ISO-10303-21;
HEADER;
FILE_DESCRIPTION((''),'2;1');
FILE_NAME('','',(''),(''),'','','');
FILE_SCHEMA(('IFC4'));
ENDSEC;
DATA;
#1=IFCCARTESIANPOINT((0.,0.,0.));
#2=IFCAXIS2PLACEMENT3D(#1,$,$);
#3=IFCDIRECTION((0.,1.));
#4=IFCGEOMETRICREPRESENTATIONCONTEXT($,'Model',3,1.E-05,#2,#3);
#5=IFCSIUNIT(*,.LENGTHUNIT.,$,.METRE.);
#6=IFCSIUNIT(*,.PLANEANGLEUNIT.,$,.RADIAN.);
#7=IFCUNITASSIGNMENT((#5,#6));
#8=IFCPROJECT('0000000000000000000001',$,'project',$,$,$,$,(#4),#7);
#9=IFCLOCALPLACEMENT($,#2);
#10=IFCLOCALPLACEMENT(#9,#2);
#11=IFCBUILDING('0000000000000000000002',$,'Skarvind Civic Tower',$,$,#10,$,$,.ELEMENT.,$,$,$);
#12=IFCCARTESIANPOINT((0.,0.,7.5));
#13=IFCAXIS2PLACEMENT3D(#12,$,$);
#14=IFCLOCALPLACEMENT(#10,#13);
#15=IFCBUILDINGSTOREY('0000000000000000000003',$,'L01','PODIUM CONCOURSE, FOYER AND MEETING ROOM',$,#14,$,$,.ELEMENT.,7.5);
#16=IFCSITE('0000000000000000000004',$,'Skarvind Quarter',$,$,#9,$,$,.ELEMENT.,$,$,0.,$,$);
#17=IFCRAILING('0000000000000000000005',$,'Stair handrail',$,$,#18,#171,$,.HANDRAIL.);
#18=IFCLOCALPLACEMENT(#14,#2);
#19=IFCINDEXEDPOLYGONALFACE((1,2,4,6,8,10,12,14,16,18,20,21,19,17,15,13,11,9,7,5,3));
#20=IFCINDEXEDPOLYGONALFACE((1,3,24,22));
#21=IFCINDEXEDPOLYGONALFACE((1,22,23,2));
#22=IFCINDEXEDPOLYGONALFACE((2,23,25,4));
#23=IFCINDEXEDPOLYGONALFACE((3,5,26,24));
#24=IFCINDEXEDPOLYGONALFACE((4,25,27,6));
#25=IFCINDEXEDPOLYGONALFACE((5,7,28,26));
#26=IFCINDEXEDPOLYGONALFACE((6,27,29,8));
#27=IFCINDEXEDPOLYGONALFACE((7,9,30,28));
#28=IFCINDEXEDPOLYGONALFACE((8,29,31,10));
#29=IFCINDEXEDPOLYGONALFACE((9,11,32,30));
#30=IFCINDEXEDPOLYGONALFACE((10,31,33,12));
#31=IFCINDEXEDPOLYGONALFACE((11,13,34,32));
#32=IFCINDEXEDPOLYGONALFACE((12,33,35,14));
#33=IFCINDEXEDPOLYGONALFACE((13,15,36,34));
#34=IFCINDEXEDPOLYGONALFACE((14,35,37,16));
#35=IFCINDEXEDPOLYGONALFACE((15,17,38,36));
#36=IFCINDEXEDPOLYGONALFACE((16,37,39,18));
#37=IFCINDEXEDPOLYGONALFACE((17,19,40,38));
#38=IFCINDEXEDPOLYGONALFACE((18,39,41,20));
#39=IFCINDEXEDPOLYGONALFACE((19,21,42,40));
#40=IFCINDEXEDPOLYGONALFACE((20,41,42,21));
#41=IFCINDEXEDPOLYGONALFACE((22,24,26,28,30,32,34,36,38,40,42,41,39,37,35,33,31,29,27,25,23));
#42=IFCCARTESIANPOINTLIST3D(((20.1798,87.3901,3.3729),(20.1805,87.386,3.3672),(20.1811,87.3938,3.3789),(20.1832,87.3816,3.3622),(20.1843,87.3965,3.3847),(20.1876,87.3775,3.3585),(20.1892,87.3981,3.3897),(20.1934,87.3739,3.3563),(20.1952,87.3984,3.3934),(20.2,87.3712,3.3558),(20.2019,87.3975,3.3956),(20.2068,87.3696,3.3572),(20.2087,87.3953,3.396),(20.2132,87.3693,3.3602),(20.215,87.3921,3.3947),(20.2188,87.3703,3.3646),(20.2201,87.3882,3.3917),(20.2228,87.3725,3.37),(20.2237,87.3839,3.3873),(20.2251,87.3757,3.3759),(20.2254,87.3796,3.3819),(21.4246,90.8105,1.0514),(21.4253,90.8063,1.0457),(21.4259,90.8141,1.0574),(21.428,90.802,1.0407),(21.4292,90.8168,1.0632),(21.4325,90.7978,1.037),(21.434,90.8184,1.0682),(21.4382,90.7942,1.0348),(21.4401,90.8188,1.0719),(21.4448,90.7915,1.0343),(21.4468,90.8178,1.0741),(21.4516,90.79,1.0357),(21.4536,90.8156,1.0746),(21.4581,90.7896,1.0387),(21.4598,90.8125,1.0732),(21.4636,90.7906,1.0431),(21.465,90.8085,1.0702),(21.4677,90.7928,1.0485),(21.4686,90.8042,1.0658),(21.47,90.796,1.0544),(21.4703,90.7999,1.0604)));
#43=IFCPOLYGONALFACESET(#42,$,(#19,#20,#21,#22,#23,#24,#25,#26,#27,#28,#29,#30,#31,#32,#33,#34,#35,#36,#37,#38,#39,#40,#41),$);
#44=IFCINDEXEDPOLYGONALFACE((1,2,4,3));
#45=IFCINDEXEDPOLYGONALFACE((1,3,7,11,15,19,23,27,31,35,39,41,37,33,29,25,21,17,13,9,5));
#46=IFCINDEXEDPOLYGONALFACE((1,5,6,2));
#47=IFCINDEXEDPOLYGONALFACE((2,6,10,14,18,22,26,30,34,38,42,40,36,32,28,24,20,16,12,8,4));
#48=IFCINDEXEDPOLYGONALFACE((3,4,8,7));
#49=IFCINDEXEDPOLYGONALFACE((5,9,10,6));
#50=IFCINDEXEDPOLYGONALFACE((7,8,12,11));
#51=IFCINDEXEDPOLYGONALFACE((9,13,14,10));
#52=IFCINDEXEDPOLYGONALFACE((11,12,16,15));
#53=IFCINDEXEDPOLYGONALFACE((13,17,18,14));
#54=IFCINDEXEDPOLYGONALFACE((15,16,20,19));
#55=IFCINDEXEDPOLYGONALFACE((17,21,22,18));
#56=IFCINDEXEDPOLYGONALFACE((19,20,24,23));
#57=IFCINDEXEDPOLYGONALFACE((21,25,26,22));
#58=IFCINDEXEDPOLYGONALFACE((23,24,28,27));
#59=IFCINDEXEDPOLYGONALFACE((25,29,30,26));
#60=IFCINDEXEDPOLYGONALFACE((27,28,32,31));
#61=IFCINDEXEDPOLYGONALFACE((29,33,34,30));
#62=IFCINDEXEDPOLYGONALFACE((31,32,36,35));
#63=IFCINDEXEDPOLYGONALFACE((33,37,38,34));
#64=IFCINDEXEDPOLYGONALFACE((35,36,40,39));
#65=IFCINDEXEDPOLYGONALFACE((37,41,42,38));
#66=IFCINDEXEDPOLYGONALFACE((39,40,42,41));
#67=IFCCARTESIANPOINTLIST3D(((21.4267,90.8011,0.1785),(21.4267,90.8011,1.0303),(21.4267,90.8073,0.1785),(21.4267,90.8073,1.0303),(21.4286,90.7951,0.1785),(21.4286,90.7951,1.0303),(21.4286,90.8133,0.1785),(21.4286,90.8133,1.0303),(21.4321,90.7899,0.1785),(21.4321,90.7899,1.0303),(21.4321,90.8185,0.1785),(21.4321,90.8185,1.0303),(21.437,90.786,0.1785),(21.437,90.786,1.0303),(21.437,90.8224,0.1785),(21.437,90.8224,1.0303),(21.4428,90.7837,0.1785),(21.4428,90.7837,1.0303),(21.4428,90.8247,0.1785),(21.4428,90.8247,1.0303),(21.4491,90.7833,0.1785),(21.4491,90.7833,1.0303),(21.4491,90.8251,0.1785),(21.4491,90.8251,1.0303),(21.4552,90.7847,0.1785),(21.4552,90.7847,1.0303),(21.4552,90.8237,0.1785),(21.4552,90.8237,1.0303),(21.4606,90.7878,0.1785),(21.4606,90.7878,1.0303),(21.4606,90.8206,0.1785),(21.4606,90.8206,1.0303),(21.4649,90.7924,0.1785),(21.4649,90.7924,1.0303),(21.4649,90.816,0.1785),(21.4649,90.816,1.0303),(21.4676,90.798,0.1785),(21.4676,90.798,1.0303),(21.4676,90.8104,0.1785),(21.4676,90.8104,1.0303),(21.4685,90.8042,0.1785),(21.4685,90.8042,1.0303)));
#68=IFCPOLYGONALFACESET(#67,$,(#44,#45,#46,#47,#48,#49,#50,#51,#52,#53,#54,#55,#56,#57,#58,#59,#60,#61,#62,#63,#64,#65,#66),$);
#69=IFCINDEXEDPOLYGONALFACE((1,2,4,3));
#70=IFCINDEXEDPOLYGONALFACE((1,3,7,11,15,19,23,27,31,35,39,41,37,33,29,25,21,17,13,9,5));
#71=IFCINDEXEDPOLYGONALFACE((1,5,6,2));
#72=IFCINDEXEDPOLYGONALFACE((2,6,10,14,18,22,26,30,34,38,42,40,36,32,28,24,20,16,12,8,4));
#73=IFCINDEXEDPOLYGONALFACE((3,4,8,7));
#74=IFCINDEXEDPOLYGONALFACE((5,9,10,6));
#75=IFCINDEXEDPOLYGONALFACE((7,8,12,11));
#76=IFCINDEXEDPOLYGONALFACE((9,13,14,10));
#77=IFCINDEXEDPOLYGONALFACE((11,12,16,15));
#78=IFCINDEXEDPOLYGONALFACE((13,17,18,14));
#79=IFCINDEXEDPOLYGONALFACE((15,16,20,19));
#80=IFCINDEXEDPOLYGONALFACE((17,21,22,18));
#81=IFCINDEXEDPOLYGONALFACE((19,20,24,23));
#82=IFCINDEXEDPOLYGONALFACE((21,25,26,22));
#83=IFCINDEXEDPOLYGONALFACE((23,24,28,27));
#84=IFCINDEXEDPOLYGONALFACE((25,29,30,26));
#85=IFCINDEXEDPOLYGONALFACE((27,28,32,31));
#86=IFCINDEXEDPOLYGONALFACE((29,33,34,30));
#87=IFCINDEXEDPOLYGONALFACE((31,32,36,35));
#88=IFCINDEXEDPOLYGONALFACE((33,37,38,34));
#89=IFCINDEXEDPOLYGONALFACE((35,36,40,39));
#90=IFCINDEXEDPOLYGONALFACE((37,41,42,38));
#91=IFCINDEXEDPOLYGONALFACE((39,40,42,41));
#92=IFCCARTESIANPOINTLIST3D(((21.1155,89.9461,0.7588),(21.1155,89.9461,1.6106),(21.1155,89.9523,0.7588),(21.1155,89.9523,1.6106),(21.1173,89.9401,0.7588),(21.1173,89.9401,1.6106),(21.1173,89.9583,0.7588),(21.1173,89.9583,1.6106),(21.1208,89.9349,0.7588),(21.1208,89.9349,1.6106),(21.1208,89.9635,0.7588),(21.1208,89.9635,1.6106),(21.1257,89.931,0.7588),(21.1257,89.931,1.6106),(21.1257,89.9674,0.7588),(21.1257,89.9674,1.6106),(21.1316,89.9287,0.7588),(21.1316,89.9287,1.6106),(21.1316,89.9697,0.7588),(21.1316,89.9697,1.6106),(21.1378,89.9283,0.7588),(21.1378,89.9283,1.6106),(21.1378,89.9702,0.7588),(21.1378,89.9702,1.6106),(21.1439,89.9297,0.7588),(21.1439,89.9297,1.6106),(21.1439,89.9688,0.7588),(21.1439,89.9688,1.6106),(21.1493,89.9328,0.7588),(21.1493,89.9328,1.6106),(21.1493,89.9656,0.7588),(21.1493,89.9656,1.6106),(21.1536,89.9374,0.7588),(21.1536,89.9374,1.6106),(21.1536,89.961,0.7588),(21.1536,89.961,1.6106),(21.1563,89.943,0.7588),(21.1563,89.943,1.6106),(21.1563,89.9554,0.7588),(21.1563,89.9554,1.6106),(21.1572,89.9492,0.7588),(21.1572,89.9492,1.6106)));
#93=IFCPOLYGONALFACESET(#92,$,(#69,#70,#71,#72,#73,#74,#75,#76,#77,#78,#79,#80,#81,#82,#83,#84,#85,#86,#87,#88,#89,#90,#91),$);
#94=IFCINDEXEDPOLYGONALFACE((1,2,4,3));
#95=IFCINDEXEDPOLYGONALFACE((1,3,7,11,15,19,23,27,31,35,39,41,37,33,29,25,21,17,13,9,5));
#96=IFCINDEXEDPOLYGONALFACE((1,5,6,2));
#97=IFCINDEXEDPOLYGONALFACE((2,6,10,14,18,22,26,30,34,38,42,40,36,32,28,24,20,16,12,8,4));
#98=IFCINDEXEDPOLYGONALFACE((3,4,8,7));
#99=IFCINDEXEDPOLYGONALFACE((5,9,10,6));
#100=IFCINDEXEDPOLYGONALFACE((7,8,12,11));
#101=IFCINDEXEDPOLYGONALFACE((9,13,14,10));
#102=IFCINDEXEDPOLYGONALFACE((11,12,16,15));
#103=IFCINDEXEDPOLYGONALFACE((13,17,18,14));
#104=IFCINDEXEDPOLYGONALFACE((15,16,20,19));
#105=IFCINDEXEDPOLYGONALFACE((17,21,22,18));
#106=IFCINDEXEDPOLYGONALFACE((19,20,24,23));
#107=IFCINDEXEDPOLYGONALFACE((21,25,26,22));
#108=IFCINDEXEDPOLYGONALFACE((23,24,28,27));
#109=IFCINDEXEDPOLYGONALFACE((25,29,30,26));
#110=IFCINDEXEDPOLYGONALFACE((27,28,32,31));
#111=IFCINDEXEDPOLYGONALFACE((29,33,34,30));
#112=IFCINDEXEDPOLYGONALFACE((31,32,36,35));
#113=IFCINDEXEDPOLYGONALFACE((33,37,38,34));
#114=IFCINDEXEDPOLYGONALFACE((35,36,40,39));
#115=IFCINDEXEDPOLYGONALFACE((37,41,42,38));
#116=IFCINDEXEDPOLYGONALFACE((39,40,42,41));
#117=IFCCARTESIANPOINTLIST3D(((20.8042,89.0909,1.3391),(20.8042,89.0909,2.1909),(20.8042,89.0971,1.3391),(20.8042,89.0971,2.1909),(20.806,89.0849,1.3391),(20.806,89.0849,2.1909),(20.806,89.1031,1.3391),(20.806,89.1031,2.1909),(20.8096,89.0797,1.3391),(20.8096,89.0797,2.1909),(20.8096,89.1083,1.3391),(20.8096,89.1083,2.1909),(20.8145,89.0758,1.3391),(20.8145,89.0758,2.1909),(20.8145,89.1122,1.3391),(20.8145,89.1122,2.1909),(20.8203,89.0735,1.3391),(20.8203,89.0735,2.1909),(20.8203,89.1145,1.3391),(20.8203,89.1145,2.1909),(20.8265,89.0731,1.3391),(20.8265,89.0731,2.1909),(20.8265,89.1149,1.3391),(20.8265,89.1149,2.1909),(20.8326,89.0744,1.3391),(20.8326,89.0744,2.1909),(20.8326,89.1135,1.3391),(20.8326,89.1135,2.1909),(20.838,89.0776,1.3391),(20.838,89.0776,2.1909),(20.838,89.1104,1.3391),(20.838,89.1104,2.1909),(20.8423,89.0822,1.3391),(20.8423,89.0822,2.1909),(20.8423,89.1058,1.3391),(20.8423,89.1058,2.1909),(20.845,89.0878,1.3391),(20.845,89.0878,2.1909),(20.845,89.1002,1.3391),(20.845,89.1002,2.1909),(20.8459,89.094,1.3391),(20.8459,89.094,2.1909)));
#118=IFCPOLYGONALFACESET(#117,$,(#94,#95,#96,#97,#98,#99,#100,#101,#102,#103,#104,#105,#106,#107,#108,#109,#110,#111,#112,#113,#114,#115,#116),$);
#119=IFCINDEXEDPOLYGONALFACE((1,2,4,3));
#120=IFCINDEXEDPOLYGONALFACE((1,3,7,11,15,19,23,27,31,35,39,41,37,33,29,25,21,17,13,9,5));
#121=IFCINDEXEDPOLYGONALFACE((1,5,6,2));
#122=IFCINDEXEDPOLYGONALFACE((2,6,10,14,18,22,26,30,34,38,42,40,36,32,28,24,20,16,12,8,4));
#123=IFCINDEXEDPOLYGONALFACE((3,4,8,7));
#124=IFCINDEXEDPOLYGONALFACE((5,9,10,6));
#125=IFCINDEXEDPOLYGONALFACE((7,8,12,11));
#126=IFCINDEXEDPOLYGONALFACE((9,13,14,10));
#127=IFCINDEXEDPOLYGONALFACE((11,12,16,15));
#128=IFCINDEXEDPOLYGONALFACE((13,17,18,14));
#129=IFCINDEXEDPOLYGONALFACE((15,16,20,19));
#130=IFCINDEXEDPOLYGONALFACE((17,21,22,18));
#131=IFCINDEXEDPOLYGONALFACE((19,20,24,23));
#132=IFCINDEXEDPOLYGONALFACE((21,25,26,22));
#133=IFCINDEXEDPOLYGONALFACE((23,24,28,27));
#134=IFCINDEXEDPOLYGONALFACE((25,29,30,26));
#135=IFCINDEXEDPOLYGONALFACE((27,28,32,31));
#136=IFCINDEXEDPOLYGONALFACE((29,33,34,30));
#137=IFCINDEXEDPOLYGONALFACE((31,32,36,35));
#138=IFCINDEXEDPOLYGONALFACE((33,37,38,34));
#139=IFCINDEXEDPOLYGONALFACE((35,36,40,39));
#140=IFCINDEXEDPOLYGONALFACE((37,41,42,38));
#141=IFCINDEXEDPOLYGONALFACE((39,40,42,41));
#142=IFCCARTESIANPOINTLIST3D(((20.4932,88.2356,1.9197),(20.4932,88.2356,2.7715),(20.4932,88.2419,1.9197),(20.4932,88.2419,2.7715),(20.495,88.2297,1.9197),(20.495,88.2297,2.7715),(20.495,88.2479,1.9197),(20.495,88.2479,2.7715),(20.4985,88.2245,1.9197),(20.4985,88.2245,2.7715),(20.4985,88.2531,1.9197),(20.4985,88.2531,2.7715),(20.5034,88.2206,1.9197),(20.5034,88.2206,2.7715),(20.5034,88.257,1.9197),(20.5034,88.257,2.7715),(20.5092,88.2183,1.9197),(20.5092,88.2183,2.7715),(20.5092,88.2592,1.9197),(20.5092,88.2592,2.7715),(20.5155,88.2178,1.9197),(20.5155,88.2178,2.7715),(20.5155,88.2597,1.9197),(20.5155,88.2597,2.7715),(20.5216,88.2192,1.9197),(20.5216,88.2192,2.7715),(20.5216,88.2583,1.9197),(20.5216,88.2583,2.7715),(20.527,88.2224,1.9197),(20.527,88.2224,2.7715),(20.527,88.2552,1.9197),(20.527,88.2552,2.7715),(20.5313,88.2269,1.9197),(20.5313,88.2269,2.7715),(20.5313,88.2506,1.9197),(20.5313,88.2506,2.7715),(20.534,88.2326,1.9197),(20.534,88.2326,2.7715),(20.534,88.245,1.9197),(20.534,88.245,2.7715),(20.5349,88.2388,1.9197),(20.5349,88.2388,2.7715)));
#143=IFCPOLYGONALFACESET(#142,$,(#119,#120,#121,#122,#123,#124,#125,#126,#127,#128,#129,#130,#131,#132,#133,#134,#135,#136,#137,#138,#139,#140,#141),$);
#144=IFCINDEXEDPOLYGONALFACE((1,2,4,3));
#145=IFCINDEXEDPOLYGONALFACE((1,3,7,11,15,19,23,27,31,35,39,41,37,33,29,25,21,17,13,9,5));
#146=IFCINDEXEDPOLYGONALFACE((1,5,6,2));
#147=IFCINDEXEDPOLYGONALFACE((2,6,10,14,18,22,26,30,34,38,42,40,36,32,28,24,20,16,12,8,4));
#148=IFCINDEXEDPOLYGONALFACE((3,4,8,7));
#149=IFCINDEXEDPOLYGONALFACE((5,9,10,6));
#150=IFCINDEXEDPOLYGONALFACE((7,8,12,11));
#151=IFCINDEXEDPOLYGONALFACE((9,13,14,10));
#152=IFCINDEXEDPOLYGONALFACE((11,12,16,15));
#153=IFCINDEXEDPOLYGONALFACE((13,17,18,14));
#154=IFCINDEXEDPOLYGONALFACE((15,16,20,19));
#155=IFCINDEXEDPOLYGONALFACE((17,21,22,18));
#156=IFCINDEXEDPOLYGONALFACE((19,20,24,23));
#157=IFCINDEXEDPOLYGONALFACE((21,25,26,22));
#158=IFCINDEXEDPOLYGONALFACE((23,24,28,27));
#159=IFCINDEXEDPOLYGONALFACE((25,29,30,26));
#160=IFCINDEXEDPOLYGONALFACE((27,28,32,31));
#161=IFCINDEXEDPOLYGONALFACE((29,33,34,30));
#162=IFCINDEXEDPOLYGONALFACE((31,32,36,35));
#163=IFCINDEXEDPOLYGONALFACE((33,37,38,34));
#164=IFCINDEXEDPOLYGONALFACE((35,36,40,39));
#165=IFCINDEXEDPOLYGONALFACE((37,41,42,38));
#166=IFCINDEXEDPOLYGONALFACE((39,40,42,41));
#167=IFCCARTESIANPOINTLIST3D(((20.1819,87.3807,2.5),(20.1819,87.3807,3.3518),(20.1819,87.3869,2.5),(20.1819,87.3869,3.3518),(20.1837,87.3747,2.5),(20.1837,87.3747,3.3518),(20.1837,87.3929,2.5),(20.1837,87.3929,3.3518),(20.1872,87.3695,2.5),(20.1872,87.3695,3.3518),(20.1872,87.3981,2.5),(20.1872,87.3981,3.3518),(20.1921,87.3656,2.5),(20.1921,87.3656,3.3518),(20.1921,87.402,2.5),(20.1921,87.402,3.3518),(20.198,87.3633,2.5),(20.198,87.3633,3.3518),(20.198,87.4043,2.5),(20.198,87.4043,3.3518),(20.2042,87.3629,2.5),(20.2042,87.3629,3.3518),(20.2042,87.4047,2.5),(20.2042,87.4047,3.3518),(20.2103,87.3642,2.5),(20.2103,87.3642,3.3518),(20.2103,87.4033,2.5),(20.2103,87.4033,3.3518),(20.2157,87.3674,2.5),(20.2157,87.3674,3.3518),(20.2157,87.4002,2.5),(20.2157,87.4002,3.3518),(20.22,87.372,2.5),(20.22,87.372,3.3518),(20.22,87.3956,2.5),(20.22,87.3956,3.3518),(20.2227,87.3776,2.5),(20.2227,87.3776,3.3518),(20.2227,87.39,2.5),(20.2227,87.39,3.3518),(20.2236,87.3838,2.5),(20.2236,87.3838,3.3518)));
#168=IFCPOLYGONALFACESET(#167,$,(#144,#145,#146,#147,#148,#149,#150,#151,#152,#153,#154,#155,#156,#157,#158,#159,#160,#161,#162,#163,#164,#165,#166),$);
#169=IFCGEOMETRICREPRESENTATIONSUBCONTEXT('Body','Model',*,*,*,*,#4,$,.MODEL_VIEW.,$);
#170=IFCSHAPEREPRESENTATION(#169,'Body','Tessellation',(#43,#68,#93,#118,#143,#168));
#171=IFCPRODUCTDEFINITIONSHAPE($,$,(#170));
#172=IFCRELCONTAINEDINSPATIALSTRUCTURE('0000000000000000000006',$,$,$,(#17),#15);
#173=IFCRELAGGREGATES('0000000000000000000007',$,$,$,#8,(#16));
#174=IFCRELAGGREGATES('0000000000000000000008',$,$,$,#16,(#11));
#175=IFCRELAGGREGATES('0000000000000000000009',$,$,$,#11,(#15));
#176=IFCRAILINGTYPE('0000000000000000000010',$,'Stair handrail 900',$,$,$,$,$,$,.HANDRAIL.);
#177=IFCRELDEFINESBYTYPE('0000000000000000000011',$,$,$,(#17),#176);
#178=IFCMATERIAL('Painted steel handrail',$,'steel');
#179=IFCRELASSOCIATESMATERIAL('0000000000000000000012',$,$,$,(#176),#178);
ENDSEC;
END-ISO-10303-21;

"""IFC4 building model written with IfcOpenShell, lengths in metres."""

from ifc_helpers import new_model, si_unit, direction, frame, origin, origin_2d, place, context, subcontext, project, spatial, circle, extrude, material, type_object, element, save


model = new_model("IFC4")

# Units and contexts
model_context = context("Model", 3, precision=1e-05, world=origin(), true_north=direction((0.0, 1.0)))
body_context = subcontext(model_context, "Body", "Model", "MODEL_VIEW")
ifc_project = project(units=[si_unit("LENGTHUNIT", "METRE"), si_unit("PLANEANGLEUNIT", "RADIAN")], contexts=[model_context])

# Site, building, storey
site_placement = place(None, origin())
site = spatial("IfcSite", under=ifc_project, at=site_placement, Name="Skarvind Quarter", CompositionType="ELEMENT", RefElevation=0.0)
building_placement = place(site_placement, origin())
building = spatial("IfcBuilding", under=site, at=building_placement, Name="Skarvind Civic Tower", CompositionType="ELEMENT")
storey_placement = place(building_placement, frame((0.0, 0.0, 7.5)))
storey = spatial("IfcBuildingStorey", under=building, at=storey_placement, Name="L01", Description="PODIUM CONCOURSE, FOYER AND MEETING ROOM", CompositionType="ELEMENT", Elevation=7.5)

# Railing
ifc_material_1 = material(Name="Painted steel handrail", Category="steel")
railing_type = type_object("IfcRailingType", Name="Stair handrail 900", PredefinedType="HANDRAIL", material=ifc_material_1)
railing_placement = place(storey_placement, frame((21.4475, 90.8042, 0.1785)))
element("IfcRailing", 1, at=railing_placement, inside=storey, type_object=railing_type, Name="Stair handrail", PredefinedType="HANDRAIL", context=body_context, shape_type="SweptSolid", body=[
    extrude(circle(Radius=0.0239, at=origin_2d()), frame((0.0, 0.0, 0.876), z_axis=(-0.28835, -0.792271, 0.537737), x_axis=(0.939697, -0.342007, 0.0)), (0.0, 0.0, 1.0), 4.3171),
    extrude(circle(Radius=0.021, at=origin_2d()), origin(), (0.0, 0.0, 1.0), 0.8518),
    extrude(circle(Radius=0.021, at=origin_2d()), frame((-0.3113, -0.855, 0.5803)), (0.0, 0.0, 1.0), 0.8518),
    extrude(circle(Radius=0.021, at=origin_2d()), frame((-0.6226, -1.7102, 1.1606)), (0.0, 0.0, 1.0), 0.8518),
    extrude(circle(Radius=0.021, at=origin_2d()), frame((-0.9336, -2.5654, 1.7412)), (0.0, 0.0, 1.0), 0.8518),
    extrude(circle(Radius=0.021, at=origin_2d()), frame((-1.2449, -3.4204, 2.3215)), (0.0, 0.0, 1.0), 0.8518),
])

save(model, "model.ifc")
